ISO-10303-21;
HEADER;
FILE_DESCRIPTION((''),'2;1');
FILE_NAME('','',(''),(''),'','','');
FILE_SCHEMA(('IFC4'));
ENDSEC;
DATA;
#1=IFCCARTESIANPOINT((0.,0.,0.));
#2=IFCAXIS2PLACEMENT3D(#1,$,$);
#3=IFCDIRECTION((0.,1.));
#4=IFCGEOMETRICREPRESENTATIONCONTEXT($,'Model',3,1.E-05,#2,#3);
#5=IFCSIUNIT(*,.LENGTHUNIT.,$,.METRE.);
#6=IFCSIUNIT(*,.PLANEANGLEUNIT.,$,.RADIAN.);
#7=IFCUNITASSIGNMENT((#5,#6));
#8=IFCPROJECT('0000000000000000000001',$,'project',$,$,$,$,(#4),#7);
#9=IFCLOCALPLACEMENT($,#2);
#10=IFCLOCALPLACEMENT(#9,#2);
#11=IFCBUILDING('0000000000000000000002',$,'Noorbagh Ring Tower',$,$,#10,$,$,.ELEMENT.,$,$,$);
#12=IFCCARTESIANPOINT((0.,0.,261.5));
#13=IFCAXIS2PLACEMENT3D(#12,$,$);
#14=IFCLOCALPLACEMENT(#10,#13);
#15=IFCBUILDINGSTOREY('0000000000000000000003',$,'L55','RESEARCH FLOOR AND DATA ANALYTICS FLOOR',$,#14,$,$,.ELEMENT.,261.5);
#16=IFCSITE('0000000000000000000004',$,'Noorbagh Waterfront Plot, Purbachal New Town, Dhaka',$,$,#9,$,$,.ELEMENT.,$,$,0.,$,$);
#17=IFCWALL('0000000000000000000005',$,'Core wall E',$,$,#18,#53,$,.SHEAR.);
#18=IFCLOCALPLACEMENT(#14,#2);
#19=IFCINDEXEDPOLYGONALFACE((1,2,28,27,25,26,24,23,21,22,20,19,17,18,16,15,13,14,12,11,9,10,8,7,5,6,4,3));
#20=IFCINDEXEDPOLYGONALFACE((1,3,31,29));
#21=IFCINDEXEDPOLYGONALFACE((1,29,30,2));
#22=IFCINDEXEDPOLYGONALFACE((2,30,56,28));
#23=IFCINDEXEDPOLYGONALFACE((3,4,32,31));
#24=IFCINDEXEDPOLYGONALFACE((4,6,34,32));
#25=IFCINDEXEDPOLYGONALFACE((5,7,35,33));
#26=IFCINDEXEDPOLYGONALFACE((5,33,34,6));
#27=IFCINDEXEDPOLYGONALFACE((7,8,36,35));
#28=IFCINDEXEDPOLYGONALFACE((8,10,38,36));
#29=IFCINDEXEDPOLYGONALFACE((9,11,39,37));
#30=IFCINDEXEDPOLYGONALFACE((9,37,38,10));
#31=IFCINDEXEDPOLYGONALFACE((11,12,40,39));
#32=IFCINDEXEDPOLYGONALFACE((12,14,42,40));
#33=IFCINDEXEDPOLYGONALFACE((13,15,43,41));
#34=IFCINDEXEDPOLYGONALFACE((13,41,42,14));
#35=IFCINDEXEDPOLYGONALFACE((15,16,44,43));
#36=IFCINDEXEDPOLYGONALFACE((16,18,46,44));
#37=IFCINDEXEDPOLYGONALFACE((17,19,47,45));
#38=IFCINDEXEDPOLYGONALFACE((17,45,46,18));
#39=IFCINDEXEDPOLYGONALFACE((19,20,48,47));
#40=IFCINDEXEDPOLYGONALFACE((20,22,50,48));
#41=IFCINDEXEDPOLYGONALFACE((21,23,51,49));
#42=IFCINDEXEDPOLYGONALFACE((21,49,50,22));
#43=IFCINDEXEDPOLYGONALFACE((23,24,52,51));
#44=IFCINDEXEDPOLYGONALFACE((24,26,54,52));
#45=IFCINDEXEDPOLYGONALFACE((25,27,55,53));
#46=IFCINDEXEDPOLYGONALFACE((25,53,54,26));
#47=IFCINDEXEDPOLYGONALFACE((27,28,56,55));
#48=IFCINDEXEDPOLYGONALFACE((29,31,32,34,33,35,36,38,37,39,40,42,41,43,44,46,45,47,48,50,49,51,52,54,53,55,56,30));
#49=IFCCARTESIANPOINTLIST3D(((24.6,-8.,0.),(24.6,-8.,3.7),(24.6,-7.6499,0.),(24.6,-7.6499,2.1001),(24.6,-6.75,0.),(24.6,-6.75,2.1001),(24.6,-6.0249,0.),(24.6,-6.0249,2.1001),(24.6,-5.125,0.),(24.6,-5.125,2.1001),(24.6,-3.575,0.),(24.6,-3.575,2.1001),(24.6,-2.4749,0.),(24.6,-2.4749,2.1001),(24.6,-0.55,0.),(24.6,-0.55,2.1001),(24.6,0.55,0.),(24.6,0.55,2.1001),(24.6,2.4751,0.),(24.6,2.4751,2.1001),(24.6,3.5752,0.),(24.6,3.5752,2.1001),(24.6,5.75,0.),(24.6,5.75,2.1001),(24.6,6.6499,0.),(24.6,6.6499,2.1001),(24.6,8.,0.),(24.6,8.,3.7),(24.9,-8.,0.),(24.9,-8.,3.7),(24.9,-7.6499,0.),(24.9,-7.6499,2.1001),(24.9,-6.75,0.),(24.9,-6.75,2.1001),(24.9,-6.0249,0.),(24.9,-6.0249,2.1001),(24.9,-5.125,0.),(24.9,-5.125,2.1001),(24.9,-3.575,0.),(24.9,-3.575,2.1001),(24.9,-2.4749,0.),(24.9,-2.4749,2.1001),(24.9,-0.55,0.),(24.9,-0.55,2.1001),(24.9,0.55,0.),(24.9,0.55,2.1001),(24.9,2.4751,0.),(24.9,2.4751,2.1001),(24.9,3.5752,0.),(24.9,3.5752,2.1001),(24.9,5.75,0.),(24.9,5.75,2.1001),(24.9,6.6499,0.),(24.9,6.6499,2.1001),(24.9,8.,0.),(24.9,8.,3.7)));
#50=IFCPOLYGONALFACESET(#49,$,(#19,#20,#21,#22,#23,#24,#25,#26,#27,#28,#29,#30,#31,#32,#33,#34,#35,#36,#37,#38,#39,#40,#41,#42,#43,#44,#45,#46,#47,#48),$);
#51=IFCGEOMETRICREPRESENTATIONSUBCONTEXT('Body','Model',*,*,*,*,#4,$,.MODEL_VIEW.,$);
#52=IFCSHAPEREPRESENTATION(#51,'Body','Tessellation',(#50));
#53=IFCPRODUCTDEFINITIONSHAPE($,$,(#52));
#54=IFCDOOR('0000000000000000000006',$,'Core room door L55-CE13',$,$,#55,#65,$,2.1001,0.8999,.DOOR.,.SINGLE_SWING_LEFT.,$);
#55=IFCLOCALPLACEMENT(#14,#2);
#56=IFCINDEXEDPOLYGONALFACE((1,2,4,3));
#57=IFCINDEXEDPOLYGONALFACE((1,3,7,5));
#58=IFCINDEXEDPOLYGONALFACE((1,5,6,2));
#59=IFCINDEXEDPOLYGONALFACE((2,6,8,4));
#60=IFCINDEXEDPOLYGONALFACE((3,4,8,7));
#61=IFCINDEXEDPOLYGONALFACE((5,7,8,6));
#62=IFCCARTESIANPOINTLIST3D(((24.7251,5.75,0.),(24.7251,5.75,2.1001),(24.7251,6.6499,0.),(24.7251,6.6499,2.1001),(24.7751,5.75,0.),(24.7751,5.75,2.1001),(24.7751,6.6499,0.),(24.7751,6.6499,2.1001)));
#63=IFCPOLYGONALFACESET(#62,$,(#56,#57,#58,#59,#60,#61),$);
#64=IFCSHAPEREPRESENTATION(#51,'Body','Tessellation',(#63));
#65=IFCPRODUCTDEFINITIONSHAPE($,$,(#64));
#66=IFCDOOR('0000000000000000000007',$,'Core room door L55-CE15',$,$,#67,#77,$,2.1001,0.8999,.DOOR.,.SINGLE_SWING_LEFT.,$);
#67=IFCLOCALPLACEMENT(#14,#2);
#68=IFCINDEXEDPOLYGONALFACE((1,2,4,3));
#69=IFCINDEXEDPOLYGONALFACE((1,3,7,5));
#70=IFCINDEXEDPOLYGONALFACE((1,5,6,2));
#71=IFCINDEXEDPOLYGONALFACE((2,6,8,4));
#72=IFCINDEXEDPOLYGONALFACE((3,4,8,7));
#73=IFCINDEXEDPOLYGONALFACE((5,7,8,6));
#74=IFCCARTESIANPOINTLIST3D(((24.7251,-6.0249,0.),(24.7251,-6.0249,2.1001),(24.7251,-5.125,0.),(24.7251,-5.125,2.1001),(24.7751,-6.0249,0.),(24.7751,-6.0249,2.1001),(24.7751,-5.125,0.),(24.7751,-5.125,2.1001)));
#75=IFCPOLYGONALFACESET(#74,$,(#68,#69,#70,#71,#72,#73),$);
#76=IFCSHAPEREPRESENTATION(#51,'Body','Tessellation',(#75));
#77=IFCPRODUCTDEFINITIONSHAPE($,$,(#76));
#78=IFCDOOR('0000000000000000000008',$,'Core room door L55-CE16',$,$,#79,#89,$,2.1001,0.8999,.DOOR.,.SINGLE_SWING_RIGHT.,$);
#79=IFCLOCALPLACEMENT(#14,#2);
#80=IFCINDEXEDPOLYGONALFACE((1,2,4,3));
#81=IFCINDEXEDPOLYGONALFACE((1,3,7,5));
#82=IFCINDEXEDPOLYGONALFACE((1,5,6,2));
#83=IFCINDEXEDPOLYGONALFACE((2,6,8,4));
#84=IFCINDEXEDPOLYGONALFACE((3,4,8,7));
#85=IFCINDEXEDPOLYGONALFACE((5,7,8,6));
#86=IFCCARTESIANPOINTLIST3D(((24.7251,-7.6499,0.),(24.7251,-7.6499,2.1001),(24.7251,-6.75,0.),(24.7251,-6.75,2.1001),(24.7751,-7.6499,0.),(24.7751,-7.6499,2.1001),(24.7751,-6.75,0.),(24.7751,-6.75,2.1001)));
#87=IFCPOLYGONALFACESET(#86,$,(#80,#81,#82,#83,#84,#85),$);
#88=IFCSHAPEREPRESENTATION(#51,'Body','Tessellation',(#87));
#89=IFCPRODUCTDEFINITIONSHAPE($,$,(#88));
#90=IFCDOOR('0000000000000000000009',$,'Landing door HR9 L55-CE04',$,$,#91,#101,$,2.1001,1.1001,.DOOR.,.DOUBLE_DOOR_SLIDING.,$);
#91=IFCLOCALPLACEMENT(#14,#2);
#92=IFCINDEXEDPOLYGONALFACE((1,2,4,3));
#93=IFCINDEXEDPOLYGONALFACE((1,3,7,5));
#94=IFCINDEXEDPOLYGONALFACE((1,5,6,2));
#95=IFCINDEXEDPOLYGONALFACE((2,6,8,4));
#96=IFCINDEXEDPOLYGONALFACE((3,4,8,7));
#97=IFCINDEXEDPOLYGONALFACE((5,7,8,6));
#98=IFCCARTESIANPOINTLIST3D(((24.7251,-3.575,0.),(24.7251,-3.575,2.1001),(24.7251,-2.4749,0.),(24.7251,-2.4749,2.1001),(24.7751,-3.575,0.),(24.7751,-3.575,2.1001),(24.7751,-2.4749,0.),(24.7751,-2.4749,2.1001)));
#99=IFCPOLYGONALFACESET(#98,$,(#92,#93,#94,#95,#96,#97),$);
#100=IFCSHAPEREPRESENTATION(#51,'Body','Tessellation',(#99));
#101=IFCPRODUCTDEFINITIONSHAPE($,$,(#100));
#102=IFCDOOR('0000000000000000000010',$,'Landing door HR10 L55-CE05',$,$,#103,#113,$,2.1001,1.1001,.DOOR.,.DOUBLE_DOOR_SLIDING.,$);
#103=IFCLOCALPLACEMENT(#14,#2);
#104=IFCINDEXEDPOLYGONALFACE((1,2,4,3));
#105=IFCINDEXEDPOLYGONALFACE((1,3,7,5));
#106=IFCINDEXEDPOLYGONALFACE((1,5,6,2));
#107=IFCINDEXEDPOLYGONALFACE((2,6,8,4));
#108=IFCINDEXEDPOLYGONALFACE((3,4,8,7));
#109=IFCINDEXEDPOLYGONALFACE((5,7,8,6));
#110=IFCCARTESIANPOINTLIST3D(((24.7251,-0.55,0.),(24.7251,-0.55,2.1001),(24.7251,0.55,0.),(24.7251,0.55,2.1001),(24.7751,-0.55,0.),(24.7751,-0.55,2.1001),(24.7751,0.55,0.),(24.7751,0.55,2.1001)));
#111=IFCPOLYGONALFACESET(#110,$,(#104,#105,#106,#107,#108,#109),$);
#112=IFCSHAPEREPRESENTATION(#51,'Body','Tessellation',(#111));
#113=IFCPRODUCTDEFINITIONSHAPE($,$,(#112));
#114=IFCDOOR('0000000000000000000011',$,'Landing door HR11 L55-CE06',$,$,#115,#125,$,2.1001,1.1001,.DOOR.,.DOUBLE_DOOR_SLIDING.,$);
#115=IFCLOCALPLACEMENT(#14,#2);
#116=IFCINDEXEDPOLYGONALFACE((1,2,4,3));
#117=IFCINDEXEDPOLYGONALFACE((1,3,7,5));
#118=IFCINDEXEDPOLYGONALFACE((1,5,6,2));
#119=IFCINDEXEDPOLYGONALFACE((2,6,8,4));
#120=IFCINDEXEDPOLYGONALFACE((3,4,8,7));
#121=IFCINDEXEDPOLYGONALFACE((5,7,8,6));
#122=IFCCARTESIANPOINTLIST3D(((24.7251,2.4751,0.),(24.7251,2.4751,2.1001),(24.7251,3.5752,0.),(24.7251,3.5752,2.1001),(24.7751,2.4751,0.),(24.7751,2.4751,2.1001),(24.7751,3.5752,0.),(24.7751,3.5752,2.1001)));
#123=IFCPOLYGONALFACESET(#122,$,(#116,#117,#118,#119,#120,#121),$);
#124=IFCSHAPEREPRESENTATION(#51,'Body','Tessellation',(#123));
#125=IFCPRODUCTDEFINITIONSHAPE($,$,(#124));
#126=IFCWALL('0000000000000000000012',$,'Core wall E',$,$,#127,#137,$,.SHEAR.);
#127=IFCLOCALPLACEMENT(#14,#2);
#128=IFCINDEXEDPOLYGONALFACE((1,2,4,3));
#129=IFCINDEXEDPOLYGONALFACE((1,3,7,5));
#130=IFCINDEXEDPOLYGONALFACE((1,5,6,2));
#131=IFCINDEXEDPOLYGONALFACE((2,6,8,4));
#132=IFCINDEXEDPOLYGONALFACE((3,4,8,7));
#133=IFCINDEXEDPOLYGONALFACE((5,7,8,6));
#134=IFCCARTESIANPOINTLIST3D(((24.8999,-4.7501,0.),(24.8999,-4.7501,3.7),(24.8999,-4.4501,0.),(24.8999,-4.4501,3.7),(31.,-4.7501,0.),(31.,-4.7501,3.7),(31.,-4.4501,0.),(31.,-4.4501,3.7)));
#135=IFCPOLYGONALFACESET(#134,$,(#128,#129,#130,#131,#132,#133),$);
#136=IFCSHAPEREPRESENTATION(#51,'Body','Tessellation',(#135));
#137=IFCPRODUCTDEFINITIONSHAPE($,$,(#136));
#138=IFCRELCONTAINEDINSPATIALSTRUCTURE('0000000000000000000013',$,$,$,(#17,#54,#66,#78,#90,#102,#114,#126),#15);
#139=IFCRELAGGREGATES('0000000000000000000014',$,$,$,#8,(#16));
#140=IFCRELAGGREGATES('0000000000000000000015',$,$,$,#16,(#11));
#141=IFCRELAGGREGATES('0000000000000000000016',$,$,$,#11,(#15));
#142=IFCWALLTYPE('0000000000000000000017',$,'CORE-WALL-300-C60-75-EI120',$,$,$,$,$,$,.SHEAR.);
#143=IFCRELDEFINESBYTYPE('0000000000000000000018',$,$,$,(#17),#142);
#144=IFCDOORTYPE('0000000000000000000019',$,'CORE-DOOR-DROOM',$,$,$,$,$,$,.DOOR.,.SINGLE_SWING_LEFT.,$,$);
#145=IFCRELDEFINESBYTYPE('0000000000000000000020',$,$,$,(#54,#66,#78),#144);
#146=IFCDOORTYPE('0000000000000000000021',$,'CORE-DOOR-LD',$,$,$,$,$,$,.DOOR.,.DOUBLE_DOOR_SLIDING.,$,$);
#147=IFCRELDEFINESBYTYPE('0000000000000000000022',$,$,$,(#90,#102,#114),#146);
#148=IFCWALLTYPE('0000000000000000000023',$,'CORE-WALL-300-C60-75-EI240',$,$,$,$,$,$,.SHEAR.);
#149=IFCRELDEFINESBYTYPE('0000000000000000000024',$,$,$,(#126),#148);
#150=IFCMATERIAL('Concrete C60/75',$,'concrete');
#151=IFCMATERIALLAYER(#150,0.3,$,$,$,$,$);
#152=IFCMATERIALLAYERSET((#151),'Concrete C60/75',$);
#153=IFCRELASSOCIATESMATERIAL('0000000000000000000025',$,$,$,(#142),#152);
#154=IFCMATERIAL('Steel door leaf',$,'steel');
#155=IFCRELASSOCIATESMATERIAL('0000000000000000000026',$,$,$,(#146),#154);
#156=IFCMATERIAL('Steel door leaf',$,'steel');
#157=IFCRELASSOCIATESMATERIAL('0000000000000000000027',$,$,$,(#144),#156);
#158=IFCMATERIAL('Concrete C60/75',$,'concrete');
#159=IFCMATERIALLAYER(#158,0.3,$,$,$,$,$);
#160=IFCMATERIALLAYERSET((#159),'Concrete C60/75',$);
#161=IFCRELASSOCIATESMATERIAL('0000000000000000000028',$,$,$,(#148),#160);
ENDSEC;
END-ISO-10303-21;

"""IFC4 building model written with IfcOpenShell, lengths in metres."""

from ifc_helpers import new_model, si_unit, direction, frame, frame_2d, origin, place, context, subcontext, project, spatial, rectangle, extrude, material, layer, layer_set, type_object, element, fill, save


model = new_model("IFC4")

# Units and contexts
model_context = context("Model", 3, precision=1e-05, world=origin(), true_north=direction((0.0, 1.0)))
body_context = subcontext(model_context, "Body", "Model", "MODEL_VIEW")
ifc_project = project(units=[si_unit("LENGTHUNIT", "METRE"), si_unit("PLANEANGLEUNIT", "RADIAN")], contexts=[model_context])

# Site, building, storey
site_placement = place(None, origin())
site = spatial("IfcSite", under=ifc_project, at=site_placement, Name="Noorbagh Waterfront Plot, Purbachal New Town, Dhaka", CompositionType="ELEMENT", RefElevation=0.0)
building_placement = place(site_placement, origin())
building = spatial("IfcBuilding", under=site, at=building_placement, Name="Noorbagh Ring Tower", CompositionType="ELEMENT")
storey_placement = place(building_placement, frame((0.0, 0.0, 261.5)))
storey = spatial("IfcBuildingStorey", under=building, at=storey_placement, Name="L55", Description="RESEARCH FLOOR AND DATA ANALYTICS FLOOR", CompositionType="ELEMENT", Elevation=261.5)

# Shared definitions
ifc_material_1 = material(Name="Concrete C60/75", Category="concrete")
ifc_layer_1 = layer(ifc_material_1, 0.3)
ifc_layer_set_1 = layer_set([ifc_layer_1], Name="Concrete C60/75")
wall_type_1 = type_object("IfcWallType", Name="CORE-WALL-300-C60-75-EI120", PredefinedType="SHEAR", material=ifc_layer_set_1)

# Wall, openings, doors
ifc_material_2 = material(Name="Steel door leaf", Category="steel")
door_type_1 = type_object("IfcDoorType", Name="CORE-DOOR-LD", OperationType="DOUBLE_DOOR_SLIDING", PredefinedType="DOOR", material=ifc_material_2)
wall_1_placement = place(storey_placement, frame((24.75, -8.0, 0.0), z_axis=(0.0, 0.0, 1.0), x_axis=(0.0, 1.0, 0.0)))
wall_1 = element("IfcWall", 1, at=wall_1_placement, inside=storey, type_object=wall_type_1, Name="Core wall E", PredefinedType="SHEAR", context=body_context, shape_type="SweptSolid", body=[
    extrude(rectangle(XDim=16.0, YDim=0.3, at=frame_2d((8.0, 0.0))), origin(), (0.0, 0.0, 1.0), 3.7),
])
opening_1_placement = place(wall_1_placement, frame((4.425, 0.0, 0.0)))
opening_1 = element("IfcOpeningElement", 2, at=opening_1_placement, cuts=wall_1, PredefinedType="OPENING", context=body_context, shape_type="SweptSolid", body=[
    extrude(rectangle(XDim=1.1001, YDim=2.1001, at=frame_2d((0.55, 1.05))), frame((0.0, 0.1602, 0.0), z_axis=(0.0, -1.0, 0.0), x_axis=(1.0, 0.0, 0.0)), (0.0, 0.0, 1.0), 0.3201),
])
opening_2_placement = place(wall_1_placement, frame((7.45, 0.0, 0.0)))
opening_2 = element("IfcOpeningElement", 3, at=opening_2_placement, cuts=wall_1, PredefinedType="OPENING", context=body_context, shape_type="SweptSolid", body=[
    extrude(rectangle(XDim=1.1001, YDim=2.1001, at=frame_2d((0.55, 1.05))), frame((0.0, 0.1602, 0.0), z_axis=(0.0, -1.0, 0.0), x_axis=(1.0, 0.0, 0.0)), (0.0, 0.0, 1.0), 0.3201),
])
opening_3_placement = place(wall_1_placement, frame((10.4751, 0.0, 0.0)))
opening_3 = element("IfcOpeningElement", 4, at=opening_3_placement, cuts=wall_1, PredefinedType="OPENING", context=body_context, shape_type="SweptSolid", body=[
    extrude(rectangle(XDim=1.1001, YDim=2.1001, at=frame_2d((0.55, 1.05))), frame((0.0, 0.1602, 0.0), z_axis=(0.0, -1.0, 0.0), x_axis=(1.0, 0.0, 0.0)), (0.0, 0.0, 1.0), 0.3201),
])
opening_4_placement = place(wall_1_placement, frame((13.75, 0.0, 0.0)))
opening_4 = element("IfcOpeningElement", 5, at=opening_4_placement, cuts=wall_1, PredefinedType="OPENING", context=body_context, shape_type="SweptSolid", body=[
    extrude(rectangle(XDim=0.8999, YDim=2.1001, at=frame_2d((0.45, 1.05))), frame((0.0, 0.1602, 0.0), z_axis=(0.0, -1.0, 0.0), x_axis=(1.0, 0.0, 0.0)), (0.0, 0.0, 1.0), 0.3201),
])
opening_5_placement = place(wall_1_placement, frame((1.9751, 0.0, 0.0)))
opening_5 = element("IfcOpeningElement", 6, at=opening_5_placement, cuts=wall_1, PredefinedType="OPENING", context=body_context, shape_type="SweptSolid", body=[
    extrude(rectangle(XDim=0.8999, YDim=2.1001, at=frame_2d((0.45, 1.05))), frame((0.0, 0.1602, 0.0), z_axis=(0.0, -1.0, 0.0), x_axis=(1.0, 0.0, 0.0)), (0.0, 0.0, 1.0), 0.3201),
])
opening_6_placement = place(wall_1_placement, frame((0.3501, 0.0, 0.0)))
opening_6 = element("IfcOpeningElement", 7, at=opening_6_placement, cuts=wall_1, PredefinedType="OPENING", context=body_context, shape_type="SweptSolid", body=[
    extrude(rectangle(XDim=0.8999, YDim=2.1001, at=frame_2d((0.45, 1.05))), frame((0.0, 0.1602, 0.0), z_axis=(0.0, -1.0, 0.0), x_axis=(1.0, 0.0, 0.0)), (0.0, 0.0, 1.0), 0.3201),
])
ifc_material_3 = material(Name="Steel door leaf", Category="steel")
door_type_2 = type_object("IfcDoorType", Name="CORE-DOOR-DROOM", OperationType="SINGLE_SWING_LEFT", PredefinedType="DOOR", material=ifc_material_3)
door_1_placement = place(opening_4_placement, origin())
door_1 = element("IfcDoor", 8, at=door_1_placement, inside=storey, type_object=door_type_2, Name="Core room door L55-CE13", OperationType="SINGLE_SWING_LEFT", OverallHeight=2.1001, OverallWidth=0.8999, PredefinedType="DOOR", context=body_context, shape_type="SweptSolid", body=[
    extrude(rectangle(XDim=0.8999, YDim=2.1001, at=frame_2d((0.45, 1.05))), frame((0.0, 0.0249, 0.0), z_axis=(0.0, -1.0, 0.0), x_axis=(1.0, 0.0, 0.0)), (0.0, 0.0, 1.0), 0.05),
])
fill(opening_4, door_1)
door_2_placement = place(opening_5_placement, origin())
door_2 = element("IfcDoor", 9, at=door_2_placement, inside=storey, type_object=door_type_2, Name="Core room door L55-CE15", OperationType="SINGLE_SWING_LEFT", OverallHeight=2.1001, OverallWidth=0.8999, PredefinedType="DOOR", context=body_context, shape_type="SweptSolid", body=[
    extrude(rectangle(XDim=0.8999, YDim=2.1001, at=frame_2d((0.45, 1.05))), frame((0.0, 0.0249, 0.0), z_axis=(0.0, -1.0, 0.0), x_axis=(1.0, 0.0, 0.0)), (0.0, 0.0, 1.0), 0.05),
])
fill(opening_5, door_2)
door_3_placement = place(opening_6_placement, origin())
door_3 = element("IfcDoor", 10, at=door_3_placement, inside=storey, type_object=door_type_2, Name="Core room door L55-CE16", OperationType="SINGLE_SWING_RIGHT", OverallHeight=2.1001, OverallWidth=0.8999, PredefinedType="DOOR", context=body_context, shape_type="SweptSolid", body=[
    extrude(rectangle(XDim=0.8999, YDim=2.1001, at=frame_2d((0.45, 1.05))), frame((0.0, 0.0249, 0.0), z_axis=(0.0, -1.0, 0.0), x_axis=(1.0, 0.0, 0.0)), (0.0, 0.0, 1.0), 0.05),
])
fill(opening_6, door_3)
door_4_placement = place(opening_1_placement, origin())
door_4 = element("IfcDoor", 11, at=door_4_placement, inside=storey, type_object=door_type_1, Name="Landing door HR9 L55-CE04", OperationType="DOUBLE_DOOR_SLIDING", OverallHeight=2.1001, OverallWidth=1.1001, PredefinedType="DOOR", context=body_context, shape_type="SweptSolid", body=[
    extrude(rectangle(XDim=1.1001, YDim=2.1001, at=frame_2d((0.55, 1.05))), frame((0.0, 0.0249, 0.0), z_axis=(0.0, -1.0, 0.0), x_axis=(1.0, 0.0, 0.0)), (0.0, 0.0, 1.0), 0.05),
])
fill(opening_1, door_4)
door_5_placement = place(opening_2_placement, origin())
door_5 = element("IfcDoor", 12, at=door_5_placement, inside=storey, type_object=door_type_1, Name="Landing door HR10 L55-CE05", OperationType="DOUBLE_DOOR_SLIDING", OverallHeight=2.1001, OverallWidth=1.1001, PredefinedType="DOOR", context=body_context, shape_type="SweptSolid", body=[
    extrude(rectangle(XDim=1.1001, YDim=2.1001, at=frame_2d((0.55, 1.05))), frame((0.0, 0.0249, 0.0), z_axis=(0.0, -1.0, 0.0), x_axis=(1.0, 0.0, 0.0)), (0.0, 0.0, 1.0), 0.05),
])
fill(opening_2, door_5)
door_6_placement = place(opening_3_placement, origin())
door_6 = element("IfcDoor", 13, at=door_6_placement, inside=storey, type_object=door_type_1, Name="Landing door HR11 L55-CE06", OperationType="DOUBLE_DOOR_SLIDING", OverallHeight=2.1001, OverallWidth=1.1001, PredefinedType="DOOR", context=body_context, shape_type="SweptSolid", body=[
    extrude(rectangle(XDim=1.1001, YDim=2.1001, at=frame_2d((0.55, 1.05))), frame((0.0, 0.0249, 0.0), z_axis=(0.0, -1.0, 0.0), x_axis=(1.0, 0.0, 0.0)), (0.0, 0.0, 1.0), 0.05),
])
fill(opening_3, door_6)

# Wall
ifc_material_4 = material(Name="Concrete C60/75", Category="concrete")
ifc_layer_2 = layer(ifc_material_4, 0.3)
ifc_layer_set_2 = layer_set([ifc_layer_2], Name="Concrete C60/75")
wall_type_2 = type_object("IfcWallType", Name="CORE-WALL-300-C60-75-EI240", PredefinedType="SHEAR", material=ifc_layer_set_2)
wall_2_placement = place(storey_placement, frame((24.8999, -4.6001, 0.0), z_axis=(0.0, 0.0, 1.0), x_axis=(1.0, 0.0, 0.0)))
element("IfcWall", 14, at=wall_2_placement, inside=storey, type_object=wall_type_2, Name="Core wall E", PredefinedType="SHEAR", context=body_context, shape_type="SweptSolid", body=[
    extrude(rectangle(XDim=6.1001, YDim=0.3, at=frame_2d((3.05, 0.0))), origin(), (0.0, 0.0, 1.0), 3.7),
])

save(model, "model.ifc")
